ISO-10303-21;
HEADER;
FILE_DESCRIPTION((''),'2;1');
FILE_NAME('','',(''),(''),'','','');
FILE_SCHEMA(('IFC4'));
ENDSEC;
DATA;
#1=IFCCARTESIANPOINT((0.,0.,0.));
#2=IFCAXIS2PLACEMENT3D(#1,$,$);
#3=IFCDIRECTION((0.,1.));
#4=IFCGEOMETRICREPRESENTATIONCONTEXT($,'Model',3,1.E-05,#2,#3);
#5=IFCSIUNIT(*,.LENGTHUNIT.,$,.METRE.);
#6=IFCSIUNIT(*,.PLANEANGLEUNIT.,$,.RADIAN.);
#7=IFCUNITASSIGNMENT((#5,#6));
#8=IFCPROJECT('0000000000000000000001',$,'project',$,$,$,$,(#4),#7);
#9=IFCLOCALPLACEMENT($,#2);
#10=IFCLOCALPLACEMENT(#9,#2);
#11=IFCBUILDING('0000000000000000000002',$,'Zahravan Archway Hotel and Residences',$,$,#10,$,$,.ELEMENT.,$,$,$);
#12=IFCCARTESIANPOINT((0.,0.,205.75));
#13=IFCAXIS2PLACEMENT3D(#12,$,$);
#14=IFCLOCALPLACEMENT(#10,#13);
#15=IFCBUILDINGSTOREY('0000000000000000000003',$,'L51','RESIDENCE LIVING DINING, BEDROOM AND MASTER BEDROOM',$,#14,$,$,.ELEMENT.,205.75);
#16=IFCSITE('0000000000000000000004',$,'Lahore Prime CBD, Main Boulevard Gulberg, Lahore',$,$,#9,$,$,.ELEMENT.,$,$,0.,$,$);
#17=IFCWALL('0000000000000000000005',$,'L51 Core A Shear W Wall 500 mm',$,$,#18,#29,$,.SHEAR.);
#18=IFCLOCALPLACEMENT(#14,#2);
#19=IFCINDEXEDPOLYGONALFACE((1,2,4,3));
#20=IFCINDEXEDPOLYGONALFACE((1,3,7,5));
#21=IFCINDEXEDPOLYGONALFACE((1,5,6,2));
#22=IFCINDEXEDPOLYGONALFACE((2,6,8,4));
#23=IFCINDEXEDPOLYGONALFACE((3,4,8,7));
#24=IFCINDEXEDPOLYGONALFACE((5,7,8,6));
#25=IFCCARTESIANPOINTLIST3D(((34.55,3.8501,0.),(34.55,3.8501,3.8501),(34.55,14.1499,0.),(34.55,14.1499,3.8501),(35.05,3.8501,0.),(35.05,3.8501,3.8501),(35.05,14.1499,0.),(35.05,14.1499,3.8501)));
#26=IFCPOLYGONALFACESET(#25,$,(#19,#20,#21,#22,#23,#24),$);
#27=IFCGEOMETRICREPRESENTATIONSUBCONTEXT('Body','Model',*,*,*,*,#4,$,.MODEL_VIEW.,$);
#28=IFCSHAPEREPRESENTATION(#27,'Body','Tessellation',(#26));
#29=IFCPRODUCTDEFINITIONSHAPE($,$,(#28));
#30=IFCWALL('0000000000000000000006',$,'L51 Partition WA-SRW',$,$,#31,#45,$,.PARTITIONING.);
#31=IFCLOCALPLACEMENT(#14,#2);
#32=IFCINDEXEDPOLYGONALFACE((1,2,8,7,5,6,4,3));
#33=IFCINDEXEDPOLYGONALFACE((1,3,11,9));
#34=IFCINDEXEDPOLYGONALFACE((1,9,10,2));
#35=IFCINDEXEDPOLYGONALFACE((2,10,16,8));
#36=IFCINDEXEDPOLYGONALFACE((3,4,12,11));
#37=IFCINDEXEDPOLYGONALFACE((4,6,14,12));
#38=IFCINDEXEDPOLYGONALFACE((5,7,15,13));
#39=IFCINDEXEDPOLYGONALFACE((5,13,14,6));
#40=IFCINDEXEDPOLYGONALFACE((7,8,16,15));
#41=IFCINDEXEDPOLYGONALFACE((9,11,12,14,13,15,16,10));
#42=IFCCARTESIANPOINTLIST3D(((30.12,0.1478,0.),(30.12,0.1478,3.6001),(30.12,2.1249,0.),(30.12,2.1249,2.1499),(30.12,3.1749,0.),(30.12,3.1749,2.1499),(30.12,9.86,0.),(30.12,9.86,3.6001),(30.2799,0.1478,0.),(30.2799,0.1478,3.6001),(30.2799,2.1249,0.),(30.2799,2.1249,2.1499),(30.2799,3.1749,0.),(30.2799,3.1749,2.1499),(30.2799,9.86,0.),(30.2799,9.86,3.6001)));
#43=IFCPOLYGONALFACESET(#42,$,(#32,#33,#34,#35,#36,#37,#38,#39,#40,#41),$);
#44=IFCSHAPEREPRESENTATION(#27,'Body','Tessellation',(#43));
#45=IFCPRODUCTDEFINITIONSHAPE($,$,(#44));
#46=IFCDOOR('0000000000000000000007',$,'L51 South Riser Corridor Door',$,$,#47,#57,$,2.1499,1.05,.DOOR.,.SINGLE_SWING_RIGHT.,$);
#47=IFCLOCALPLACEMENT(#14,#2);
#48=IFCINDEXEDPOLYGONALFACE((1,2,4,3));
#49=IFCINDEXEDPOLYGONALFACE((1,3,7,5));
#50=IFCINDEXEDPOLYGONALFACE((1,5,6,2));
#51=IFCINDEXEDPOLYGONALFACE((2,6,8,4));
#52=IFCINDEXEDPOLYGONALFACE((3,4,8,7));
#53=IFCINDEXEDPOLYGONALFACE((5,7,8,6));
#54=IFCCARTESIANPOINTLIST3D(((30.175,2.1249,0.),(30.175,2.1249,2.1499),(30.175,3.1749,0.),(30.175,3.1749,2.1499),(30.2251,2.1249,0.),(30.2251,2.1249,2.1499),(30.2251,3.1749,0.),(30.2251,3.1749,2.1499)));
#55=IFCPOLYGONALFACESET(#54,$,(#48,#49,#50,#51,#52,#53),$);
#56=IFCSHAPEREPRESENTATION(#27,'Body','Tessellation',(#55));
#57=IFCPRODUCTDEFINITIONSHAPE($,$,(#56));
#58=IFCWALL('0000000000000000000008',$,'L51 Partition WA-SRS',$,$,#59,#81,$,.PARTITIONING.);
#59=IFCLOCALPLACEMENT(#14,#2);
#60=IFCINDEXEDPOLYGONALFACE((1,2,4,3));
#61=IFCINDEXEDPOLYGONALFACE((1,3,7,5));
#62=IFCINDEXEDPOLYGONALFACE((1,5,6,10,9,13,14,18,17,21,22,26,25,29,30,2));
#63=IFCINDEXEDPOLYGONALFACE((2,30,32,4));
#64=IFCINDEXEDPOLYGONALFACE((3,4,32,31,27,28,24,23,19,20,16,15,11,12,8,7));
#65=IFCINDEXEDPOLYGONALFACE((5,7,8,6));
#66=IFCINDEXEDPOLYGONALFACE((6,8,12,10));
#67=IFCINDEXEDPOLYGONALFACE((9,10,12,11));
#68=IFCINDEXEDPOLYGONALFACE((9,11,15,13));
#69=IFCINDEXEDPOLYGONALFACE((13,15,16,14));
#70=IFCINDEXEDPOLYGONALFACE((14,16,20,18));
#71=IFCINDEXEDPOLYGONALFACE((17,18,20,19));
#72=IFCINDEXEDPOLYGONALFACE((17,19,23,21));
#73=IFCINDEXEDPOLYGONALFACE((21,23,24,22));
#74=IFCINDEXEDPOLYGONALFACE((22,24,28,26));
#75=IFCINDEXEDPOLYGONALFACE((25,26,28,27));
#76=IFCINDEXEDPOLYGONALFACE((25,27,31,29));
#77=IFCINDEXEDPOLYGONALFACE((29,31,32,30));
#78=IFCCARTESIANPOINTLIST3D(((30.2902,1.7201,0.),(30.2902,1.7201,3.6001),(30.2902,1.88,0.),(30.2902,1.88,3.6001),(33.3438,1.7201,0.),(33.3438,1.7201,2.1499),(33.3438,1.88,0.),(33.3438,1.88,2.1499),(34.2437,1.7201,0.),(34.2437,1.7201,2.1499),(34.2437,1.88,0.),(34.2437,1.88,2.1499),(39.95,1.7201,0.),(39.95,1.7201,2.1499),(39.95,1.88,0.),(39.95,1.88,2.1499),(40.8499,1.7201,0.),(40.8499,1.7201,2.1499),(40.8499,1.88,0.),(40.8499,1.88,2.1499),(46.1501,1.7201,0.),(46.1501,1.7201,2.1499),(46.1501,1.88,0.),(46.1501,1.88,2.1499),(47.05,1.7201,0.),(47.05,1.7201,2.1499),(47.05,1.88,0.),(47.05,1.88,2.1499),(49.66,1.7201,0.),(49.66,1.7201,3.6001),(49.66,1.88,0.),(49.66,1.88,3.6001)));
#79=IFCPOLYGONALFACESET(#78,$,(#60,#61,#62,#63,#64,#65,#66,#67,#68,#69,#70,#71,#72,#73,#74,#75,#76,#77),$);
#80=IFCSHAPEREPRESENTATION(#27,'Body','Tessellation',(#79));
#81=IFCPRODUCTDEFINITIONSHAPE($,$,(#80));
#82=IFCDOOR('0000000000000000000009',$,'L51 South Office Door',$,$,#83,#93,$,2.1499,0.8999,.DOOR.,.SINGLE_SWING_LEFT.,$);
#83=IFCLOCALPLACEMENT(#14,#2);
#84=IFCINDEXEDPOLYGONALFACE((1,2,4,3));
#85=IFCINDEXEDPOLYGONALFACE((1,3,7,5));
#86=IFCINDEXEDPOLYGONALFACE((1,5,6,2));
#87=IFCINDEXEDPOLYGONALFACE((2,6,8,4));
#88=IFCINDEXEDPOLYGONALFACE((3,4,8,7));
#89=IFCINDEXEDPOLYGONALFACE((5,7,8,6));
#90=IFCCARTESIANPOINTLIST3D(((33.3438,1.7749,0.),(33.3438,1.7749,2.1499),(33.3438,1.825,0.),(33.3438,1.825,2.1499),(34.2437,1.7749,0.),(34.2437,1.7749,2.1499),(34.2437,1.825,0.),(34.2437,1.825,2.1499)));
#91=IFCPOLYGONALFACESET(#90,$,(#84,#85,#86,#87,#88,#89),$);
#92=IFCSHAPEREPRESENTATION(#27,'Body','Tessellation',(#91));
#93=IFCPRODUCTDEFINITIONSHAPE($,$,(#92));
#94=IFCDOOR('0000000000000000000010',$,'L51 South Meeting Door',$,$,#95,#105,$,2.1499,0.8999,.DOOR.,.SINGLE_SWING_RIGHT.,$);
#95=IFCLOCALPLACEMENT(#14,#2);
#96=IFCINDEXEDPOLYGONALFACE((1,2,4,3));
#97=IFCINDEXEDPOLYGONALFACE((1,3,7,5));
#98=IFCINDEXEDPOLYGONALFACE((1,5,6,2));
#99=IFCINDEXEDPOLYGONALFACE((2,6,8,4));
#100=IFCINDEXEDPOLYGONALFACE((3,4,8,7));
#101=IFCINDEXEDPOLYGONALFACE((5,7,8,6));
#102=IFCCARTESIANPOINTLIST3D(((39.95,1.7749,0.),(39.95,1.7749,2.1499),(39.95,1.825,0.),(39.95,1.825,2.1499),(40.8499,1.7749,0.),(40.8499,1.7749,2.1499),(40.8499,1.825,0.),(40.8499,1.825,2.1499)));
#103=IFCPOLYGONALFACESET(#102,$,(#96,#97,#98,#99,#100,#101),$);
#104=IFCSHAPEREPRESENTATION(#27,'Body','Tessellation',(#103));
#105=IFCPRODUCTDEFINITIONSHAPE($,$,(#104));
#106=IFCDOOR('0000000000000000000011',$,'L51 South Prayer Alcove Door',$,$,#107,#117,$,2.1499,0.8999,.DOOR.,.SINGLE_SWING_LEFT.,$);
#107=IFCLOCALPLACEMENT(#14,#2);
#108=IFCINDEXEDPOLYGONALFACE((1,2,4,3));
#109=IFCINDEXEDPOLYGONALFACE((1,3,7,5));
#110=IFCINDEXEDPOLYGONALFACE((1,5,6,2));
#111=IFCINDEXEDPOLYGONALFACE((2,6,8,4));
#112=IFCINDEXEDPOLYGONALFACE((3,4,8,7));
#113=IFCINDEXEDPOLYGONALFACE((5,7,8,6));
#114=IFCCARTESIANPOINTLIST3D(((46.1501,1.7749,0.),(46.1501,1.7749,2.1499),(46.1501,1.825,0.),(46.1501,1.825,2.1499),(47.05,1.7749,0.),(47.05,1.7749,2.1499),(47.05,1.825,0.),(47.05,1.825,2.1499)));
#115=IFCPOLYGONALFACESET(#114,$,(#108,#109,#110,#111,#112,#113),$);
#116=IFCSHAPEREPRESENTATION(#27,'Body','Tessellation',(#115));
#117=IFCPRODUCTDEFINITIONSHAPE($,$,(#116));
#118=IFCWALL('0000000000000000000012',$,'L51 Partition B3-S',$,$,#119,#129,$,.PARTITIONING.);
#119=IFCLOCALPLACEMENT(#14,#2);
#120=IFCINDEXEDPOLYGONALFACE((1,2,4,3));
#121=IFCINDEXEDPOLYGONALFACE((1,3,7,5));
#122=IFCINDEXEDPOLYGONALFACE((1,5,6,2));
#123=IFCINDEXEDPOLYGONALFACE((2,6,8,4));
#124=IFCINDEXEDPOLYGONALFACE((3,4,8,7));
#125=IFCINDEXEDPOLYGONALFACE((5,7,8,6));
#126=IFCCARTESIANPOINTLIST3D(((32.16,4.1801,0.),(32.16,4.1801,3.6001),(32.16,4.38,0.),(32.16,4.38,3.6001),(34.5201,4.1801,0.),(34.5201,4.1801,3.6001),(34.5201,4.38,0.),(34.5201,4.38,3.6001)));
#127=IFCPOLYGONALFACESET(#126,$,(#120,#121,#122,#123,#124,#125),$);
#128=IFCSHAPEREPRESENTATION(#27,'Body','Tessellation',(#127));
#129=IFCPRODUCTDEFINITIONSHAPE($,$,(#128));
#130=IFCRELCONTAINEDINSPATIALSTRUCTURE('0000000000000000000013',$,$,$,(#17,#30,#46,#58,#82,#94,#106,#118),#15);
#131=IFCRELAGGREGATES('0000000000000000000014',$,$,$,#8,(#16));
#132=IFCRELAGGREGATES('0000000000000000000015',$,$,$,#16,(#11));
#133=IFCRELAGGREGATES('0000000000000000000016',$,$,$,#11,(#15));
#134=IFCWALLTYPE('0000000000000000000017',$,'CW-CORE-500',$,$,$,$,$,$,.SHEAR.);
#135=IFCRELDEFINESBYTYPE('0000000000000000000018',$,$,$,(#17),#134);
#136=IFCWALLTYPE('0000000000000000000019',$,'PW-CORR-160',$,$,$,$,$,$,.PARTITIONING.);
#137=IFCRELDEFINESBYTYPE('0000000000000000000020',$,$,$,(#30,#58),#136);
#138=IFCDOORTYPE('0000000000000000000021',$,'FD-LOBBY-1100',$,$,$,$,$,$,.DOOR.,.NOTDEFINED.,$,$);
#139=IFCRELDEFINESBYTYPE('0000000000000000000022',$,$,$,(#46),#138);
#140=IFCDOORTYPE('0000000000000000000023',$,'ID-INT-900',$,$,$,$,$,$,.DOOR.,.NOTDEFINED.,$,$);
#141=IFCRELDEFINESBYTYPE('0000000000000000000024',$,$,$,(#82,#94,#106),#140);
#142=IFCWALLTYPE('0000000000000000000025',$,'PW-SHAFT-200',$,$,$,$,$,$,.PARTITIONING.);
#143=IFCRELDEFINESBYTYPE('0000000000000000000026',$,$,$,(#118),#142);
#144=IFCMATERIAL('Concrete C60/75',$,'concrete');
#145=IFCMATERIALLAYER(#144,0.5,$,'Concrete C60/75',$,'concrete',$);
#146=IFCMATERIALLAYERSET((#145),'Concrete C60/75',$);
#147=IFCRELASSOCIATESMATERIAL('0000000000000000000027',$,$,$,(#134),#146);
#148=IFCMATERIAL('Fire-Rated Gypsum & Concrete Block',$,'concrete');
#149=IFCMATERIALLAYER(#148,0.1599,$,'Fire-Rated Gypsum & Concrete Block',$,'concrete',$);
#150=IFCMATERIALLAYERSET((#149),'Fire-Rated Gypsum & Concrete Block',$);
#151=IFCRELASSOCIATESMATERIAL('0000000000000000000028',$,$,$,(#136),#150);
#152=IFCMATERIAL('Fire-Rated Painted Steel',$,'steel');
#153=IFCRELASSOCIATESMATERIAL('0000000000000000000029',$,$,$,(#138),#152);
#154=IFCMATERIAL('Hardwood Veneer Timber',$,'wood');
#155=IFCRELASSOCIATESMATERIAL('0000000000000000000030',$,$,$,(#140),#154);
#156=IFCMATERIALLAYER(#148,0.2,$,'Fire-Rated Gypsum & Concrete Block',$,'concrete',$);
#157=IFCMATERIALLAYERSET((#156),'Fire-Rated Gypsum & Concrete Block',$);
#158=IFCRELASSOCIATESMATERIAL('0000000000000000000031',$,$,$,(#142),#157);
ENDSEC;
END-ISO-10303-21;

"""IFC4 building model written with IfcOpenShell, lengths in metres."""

from ifc_helpers import new_model, si_unit, direction, frame, frame_2d, origin, place, context, subcontext, project, spatial, rectangle, extrude, source, transform, mapped, material, layer, layer_set, type_object, type_shapes, element, fill, save


model = new_model("IFC4")

# Units and contexts
model_context = context("Model", 3, precision=1e-05, world=origin(), true_north=direction((0.0, 1.0)))
body_context = subcontext(model_context, "Body", "Model", "MODEL_VIEW")
ifc_project = project(units=[si_unit("LENGTHUNIT", "METRE"), si_unit("PLANEANGLEUNIT", "RADIAN")], contexts=[model_context])

# Site, building, storey
site_placement = place(None, origin())
site = spatial("IfcSite", under=ifc_project, at=site_placement, Name="Lahore Prime CBD, Main Boulevard Gulberg, Lahore", CompositionType="ELEMENT", RefElevation=0.0)
building_placement = place(site_placement, origin())
building = spatial("IfcBuilding", under=site, at=building_placement, Name="Zahravan Archway Hotel and Residences", CompositionType="ELEMENT")
storey_placement = place(building_placement, frame((0.0, 0.0, 205.75)))
storey = spatial("IfcBuildingStorey", under=building, at=storey_placement, Name="L51", Description="RESIDENCE LIVING DINING, BEDROOM AND MASTER BEDROOM", CompositionType="ELEMENT", Elevation=205.75)

# Shared definitions
ifc_material_1 = material(Name="Concrete C60/75", Category="concrete")

# Shared definitions
ifc_layer_1 = layer(ifc_material_1, 0.5, Name="Concrete C60/75", Category="concrete")
ifc_layer_set_1 = layer_set([ifc_layer_1], Name="Concrete C60/75")
wall_type_1 = type_object("IfcWallType", Name="CW-CORE-500", PredefinedType="SHEAR", material=ifc_layer_set_1)
ifc_material_2 = material(Name="Fire-Rated Painted Steel", Category="steel")

# Wall
wall_1_placement = place(storey_placement, frame((34.8, 3.8501, 0.0), z_axis=(0.0, 0.0, 1.0), x_axis=(0.0, 1.0, 0.0)))
element("IfcWall", 1, at=wall_1_placement, inside=storey, type_object=wall_type_1, Name="L51 Core A Shear W Wall 500 mm", PredefinedType="SHEAR", context=body_context, shape_type="SweptSolid", body=[
    extrude(rectangle(XDim=10.2998, YDim=0.5, at=frame_2d((5.1499, 0.0))), origin(), (0.0, 0.0, 1.0), 3.8501),
])

# Wall, opening, door
ifc_material_3 = material(Name="Fire-Rated Gypsum & Concrete Block", Category="concrete")
ifc_layer_2 = layer(ifc_material_3, 0.1599, Name="Fire-Rated Gypsum & Concrete Block", Category="concrete")
ifc_layer_set_2 = layer_set([ifc_layer_2], Name="Fire-Rated Gypsum & Concrete Block")
wall_type_2 = type_object("IfcWallType", Name="PW-CORR-160", PredefinedType="PARTITIONING", material=ifc_layer_set_2)
wall_2_placement = place(storey_placement, frame((30.2, 0.1479, 0.0), z_axis=(0.0, 0.0, 1.0), x_axis=(0.0, 1.0, 0.0)))
wall_2 = element("IfcWall", 2, at=wall_2_placement, inside=storey, type_object=wall_type_2, Name="L51 Partition WA-SRW", PredefinedType="PARTITIONING", context=body_context, shape_type="SweptSolid", body=[
    extrude(rectangle(XDim=9.7122, YDim=0.1599, at=frame_2d((4.856, 0.0))), origin(), (0.0, 0.0, 1.0), 3.6001),
])
opening_1_placement = place(wall_2_placement, frame((1.9771, 0.0, 0.0)))
opening_1 = element("IfcOpeningElement", 3, at=opening_1_placement, cuts=wall_2, PredefinedType="OPENING", context=body_context, shape_type="SweptSolid", body=[
    extrude(rectangle(XDim=1.05, YDim=2.1499, at=frame_2d((0.5249, 1.075))), frame((0.0, 0.0898, 0.0), z_axis=(0.0, -1.0, 0.0), x_axis=(1.0, 0.0, 0.0)), (0.0, 0.0, 1.0), 0.1799),
])
door_type_1 = type_object("IfcDoorType", Name="FD-LOBBY-1100", OperationType="NOTDEFINED", PredefinedType="DOOR", material=ifc_material_2)
shared_shape_1 = source(origin(), body_context, "Body", "SweptSolid", [
    extrude(rectangle(XDim=1.05, YDim=2.1499, at=frame_2d((0.5249, 1.075))), frame((0.0, 0.0249, 0.0), z_axis=(0.0, -1.0, 0.0), x_axis=(1.0, 0.0, 0.0)), (0.0, 0.0, 1.0), 0.05),
])
type_shapes(door_type_1, [shared_shape_1])
door_1_placement = place(opening_1_placement, origin())
door_1 = element("IfcDoor", 4, at=door_1_placement, inside=storey, type_object=door_type_1, Name="L51 South Riser Corridor Door", OperationType="SINGLE_SWING_RIGHT", OverallHeight=2.1499, OverallWidth=1.05, PredefinedType="DOOR", context=body_context, shape_type="MappedRepresentation", body=[
    mapped(shared_shape_1, transform((0.0, 0.0, 0.0), scale=1.0)),
])
fill(opening_1, door_1)

# Wall, openings, doors
wall_3_placement = place(storey_placement, frame((30.29, 1.8, 0.0), z_axis=(0.0, 0.0, 1.0), x_axis=(1.0, 0.0, 0.0)))
wall_3 = element("IfcWall", 5, at=wall_3_placement, inside=storey, type_object=wall_type_2, Name="L51 Partition WA-SRS", PredefinedType="PARTITIONING", context=body_context, shape_type="SweptSolid", body=[
    extrude(rectangle(XDim=19.3699, YDim=0.1599, at=frame_2d((9.6851, 0.0))), origin(), (0.0, 0.0, 1.0), 3.6001),
])
opening_2_placement = place(wall_3_placement, frame((3.0537, 0.0, 0.0)))
opening_2 = element("IfcOpeningElement", 6, at=opening_2_placement, cuts=wall_3, PredefinedType="OPENING", context=body_context, shape_type="SweptSolid", body=[
    extrude(rectangle(XDim=0.8999, YDim=2.1499, at=frame_2d((0.45, 1.075))), frame((0.0, 0.0898, 0.0), z_axis=(0.0, -1.0, 0.0), x_axis=(1.0, 0.0, 0.0)), (0.0, 0.0, 1.0), 0.1799),
])
opening_3_placement = place(wall_3_placement, frame((9.6599, 0.0, 0.0)))
opening_3 = element("IfcOpeningElement", 7, at=opening_3_placement, cuts=wall_3, PredefinedType="OPENING", context=body_context, shape_type="SweptSolid", body=[
    extrude(rectangle(XDim=0.8999, YDim=2.1499, at=frame_2d((0.45, 1.075))), frame((0.0, 0.0898, 0.0), z_axis=(0.0, -1.0, 0.0), x_axis=(1.0, 0.0, 0.0)), (0.0, 0.0, 1.0), 0.1799),
])
opening_4_placement = place(wall_3_placement, frame((15.8601, 0.0, 0.0)))
opening_4 = element("IfcOpeningElement", 8, at=opening_4_placement, cuts=wall_3, PredefinedType="OPENING", context=body_context, shape_type="SweptSolid", body=[
    extrude(rectangle(XDim=0.8999, YDim=2.1499, at=frame_2d((0.45, 1.075))), frame((0.0, 0.0898, 0.0), z_axis=(0.0, -1.0, 0.0), x_axis=(1.0, 0.0, 0.0)), (0.0, 0.0, 1.0), 0.1799),
])
ifc_material_4 = material(Name="Hardwood Veneer Timber", Category="wood")
door_type_2 = type_object("IfcDoorType", Name="ID-INT-900", OperationType="NOTDEFINED", PredefinedType="DOOR", material=ifc_material_4)
shared_shape_2 = source(origin(), body_context, "Body", "SweptSolid", [
    extrude(rectangle(XDim=0.8999, YDim=2.1499, at=frame_2d((0.45, 1.075))), frame((0.0, 0.0249, 0.0), z_axis=(0.0, -1.0, 0.0), x_axis=(1.0, 0.0, 0.0)), (0.0, 0.0, 1.0), 0.05),
])
type_shapes(door_type_2, [shared_shape_2])
door_2_placement = place(opening_2_placement, origin())
door_2 = element("IfcDoor", 9, at=door_2_placement, inside=storey, type_object=door_type_2, Name="L51 South Office Door", OperationType="SINGLE_SWING_LEFT", OverallHeight=2.1499, OverallWidth=0.8999, PredefinedType="DOOR", context=body_context, shape_type="MappedRepresentation", body=[
    mapped(shared_shape_2, transform((0.0, 0.0, 0.0), scale=1.0)),
])
fill(opening_2, door_2)
door_3_placement = place(opening_3_placement, origin())
door_3 = element("IfcDoor", 10, at=door_3_placement, inside=storey, type_object=door_type_2, Name="L51 South Meeting Door", OperationType="SINGLE_SWING_RIGHT", OverallHeight=2.1499, OverallWidth=0.8999, PredefinedType="DOOR", context=body_context, shape_type="MappedRepresentation", body=[
    mapped(shared_shape_2, transform((0.0, 0.0, 0.0), scale=1.0)),
])
fill(opening_3, door_3)
door_4_placement = place(opening_4_placement, origin())
door_4 = element("IfcDoor", 11, at=door_4_placement, inside=storey, type_object=door_type_2, Name="L51 South Prayer Alcove Door", OperationType="SINGLE_SWING_LEFT", OverallHeight=2.1499, OverallWidth=0.8999, PredefinedType="DOOR", context=body_context, shape_type="MappedRepresentation", body=[
    mapped(shared_shape_2, transform((0.0, 0.0, 0.0), scale=1.0)),
])
fill(opening_4, door_4)

# Wall
ifc_layer_3 = layer(ifc_material_3, 0.2, Name="Fire-Rated Gypsum & Concrete Block", Category="concrete")
ifc_layer_set_3 = layer_set([ifc_layer_3], Name="Fire-Rated Gypsum & Concrete Block")
wall_type_3 = type_object("IfcWallType", Name="PW-SHAFT-200", PredefinedType="PARTITIONING", material=ifc_layer_set_3)
wall_4_placement = place(storey_placement, frame((32.1599, 4.28, 0.0), z_axis=(0.0, 0.0, 1.0), x_axis=(1.0, 0.0, 0.0)))
element("IfcWall", 12, at=wall_4_placement, inside=storey, type_object=wall_type_3, Name="L51 Partition B3-S", PredefinedType="PARTITIONING", context=body_context, shape_type="SweptSolid", body=[
    extrude(rectangle(XDim=2.3601, YDim=0.2, at=frame_2d((1.1802, 0.0))), origin(), (0.0, 0.0, 1.0), 3.6001),
])

save(model, "model.ifc")
